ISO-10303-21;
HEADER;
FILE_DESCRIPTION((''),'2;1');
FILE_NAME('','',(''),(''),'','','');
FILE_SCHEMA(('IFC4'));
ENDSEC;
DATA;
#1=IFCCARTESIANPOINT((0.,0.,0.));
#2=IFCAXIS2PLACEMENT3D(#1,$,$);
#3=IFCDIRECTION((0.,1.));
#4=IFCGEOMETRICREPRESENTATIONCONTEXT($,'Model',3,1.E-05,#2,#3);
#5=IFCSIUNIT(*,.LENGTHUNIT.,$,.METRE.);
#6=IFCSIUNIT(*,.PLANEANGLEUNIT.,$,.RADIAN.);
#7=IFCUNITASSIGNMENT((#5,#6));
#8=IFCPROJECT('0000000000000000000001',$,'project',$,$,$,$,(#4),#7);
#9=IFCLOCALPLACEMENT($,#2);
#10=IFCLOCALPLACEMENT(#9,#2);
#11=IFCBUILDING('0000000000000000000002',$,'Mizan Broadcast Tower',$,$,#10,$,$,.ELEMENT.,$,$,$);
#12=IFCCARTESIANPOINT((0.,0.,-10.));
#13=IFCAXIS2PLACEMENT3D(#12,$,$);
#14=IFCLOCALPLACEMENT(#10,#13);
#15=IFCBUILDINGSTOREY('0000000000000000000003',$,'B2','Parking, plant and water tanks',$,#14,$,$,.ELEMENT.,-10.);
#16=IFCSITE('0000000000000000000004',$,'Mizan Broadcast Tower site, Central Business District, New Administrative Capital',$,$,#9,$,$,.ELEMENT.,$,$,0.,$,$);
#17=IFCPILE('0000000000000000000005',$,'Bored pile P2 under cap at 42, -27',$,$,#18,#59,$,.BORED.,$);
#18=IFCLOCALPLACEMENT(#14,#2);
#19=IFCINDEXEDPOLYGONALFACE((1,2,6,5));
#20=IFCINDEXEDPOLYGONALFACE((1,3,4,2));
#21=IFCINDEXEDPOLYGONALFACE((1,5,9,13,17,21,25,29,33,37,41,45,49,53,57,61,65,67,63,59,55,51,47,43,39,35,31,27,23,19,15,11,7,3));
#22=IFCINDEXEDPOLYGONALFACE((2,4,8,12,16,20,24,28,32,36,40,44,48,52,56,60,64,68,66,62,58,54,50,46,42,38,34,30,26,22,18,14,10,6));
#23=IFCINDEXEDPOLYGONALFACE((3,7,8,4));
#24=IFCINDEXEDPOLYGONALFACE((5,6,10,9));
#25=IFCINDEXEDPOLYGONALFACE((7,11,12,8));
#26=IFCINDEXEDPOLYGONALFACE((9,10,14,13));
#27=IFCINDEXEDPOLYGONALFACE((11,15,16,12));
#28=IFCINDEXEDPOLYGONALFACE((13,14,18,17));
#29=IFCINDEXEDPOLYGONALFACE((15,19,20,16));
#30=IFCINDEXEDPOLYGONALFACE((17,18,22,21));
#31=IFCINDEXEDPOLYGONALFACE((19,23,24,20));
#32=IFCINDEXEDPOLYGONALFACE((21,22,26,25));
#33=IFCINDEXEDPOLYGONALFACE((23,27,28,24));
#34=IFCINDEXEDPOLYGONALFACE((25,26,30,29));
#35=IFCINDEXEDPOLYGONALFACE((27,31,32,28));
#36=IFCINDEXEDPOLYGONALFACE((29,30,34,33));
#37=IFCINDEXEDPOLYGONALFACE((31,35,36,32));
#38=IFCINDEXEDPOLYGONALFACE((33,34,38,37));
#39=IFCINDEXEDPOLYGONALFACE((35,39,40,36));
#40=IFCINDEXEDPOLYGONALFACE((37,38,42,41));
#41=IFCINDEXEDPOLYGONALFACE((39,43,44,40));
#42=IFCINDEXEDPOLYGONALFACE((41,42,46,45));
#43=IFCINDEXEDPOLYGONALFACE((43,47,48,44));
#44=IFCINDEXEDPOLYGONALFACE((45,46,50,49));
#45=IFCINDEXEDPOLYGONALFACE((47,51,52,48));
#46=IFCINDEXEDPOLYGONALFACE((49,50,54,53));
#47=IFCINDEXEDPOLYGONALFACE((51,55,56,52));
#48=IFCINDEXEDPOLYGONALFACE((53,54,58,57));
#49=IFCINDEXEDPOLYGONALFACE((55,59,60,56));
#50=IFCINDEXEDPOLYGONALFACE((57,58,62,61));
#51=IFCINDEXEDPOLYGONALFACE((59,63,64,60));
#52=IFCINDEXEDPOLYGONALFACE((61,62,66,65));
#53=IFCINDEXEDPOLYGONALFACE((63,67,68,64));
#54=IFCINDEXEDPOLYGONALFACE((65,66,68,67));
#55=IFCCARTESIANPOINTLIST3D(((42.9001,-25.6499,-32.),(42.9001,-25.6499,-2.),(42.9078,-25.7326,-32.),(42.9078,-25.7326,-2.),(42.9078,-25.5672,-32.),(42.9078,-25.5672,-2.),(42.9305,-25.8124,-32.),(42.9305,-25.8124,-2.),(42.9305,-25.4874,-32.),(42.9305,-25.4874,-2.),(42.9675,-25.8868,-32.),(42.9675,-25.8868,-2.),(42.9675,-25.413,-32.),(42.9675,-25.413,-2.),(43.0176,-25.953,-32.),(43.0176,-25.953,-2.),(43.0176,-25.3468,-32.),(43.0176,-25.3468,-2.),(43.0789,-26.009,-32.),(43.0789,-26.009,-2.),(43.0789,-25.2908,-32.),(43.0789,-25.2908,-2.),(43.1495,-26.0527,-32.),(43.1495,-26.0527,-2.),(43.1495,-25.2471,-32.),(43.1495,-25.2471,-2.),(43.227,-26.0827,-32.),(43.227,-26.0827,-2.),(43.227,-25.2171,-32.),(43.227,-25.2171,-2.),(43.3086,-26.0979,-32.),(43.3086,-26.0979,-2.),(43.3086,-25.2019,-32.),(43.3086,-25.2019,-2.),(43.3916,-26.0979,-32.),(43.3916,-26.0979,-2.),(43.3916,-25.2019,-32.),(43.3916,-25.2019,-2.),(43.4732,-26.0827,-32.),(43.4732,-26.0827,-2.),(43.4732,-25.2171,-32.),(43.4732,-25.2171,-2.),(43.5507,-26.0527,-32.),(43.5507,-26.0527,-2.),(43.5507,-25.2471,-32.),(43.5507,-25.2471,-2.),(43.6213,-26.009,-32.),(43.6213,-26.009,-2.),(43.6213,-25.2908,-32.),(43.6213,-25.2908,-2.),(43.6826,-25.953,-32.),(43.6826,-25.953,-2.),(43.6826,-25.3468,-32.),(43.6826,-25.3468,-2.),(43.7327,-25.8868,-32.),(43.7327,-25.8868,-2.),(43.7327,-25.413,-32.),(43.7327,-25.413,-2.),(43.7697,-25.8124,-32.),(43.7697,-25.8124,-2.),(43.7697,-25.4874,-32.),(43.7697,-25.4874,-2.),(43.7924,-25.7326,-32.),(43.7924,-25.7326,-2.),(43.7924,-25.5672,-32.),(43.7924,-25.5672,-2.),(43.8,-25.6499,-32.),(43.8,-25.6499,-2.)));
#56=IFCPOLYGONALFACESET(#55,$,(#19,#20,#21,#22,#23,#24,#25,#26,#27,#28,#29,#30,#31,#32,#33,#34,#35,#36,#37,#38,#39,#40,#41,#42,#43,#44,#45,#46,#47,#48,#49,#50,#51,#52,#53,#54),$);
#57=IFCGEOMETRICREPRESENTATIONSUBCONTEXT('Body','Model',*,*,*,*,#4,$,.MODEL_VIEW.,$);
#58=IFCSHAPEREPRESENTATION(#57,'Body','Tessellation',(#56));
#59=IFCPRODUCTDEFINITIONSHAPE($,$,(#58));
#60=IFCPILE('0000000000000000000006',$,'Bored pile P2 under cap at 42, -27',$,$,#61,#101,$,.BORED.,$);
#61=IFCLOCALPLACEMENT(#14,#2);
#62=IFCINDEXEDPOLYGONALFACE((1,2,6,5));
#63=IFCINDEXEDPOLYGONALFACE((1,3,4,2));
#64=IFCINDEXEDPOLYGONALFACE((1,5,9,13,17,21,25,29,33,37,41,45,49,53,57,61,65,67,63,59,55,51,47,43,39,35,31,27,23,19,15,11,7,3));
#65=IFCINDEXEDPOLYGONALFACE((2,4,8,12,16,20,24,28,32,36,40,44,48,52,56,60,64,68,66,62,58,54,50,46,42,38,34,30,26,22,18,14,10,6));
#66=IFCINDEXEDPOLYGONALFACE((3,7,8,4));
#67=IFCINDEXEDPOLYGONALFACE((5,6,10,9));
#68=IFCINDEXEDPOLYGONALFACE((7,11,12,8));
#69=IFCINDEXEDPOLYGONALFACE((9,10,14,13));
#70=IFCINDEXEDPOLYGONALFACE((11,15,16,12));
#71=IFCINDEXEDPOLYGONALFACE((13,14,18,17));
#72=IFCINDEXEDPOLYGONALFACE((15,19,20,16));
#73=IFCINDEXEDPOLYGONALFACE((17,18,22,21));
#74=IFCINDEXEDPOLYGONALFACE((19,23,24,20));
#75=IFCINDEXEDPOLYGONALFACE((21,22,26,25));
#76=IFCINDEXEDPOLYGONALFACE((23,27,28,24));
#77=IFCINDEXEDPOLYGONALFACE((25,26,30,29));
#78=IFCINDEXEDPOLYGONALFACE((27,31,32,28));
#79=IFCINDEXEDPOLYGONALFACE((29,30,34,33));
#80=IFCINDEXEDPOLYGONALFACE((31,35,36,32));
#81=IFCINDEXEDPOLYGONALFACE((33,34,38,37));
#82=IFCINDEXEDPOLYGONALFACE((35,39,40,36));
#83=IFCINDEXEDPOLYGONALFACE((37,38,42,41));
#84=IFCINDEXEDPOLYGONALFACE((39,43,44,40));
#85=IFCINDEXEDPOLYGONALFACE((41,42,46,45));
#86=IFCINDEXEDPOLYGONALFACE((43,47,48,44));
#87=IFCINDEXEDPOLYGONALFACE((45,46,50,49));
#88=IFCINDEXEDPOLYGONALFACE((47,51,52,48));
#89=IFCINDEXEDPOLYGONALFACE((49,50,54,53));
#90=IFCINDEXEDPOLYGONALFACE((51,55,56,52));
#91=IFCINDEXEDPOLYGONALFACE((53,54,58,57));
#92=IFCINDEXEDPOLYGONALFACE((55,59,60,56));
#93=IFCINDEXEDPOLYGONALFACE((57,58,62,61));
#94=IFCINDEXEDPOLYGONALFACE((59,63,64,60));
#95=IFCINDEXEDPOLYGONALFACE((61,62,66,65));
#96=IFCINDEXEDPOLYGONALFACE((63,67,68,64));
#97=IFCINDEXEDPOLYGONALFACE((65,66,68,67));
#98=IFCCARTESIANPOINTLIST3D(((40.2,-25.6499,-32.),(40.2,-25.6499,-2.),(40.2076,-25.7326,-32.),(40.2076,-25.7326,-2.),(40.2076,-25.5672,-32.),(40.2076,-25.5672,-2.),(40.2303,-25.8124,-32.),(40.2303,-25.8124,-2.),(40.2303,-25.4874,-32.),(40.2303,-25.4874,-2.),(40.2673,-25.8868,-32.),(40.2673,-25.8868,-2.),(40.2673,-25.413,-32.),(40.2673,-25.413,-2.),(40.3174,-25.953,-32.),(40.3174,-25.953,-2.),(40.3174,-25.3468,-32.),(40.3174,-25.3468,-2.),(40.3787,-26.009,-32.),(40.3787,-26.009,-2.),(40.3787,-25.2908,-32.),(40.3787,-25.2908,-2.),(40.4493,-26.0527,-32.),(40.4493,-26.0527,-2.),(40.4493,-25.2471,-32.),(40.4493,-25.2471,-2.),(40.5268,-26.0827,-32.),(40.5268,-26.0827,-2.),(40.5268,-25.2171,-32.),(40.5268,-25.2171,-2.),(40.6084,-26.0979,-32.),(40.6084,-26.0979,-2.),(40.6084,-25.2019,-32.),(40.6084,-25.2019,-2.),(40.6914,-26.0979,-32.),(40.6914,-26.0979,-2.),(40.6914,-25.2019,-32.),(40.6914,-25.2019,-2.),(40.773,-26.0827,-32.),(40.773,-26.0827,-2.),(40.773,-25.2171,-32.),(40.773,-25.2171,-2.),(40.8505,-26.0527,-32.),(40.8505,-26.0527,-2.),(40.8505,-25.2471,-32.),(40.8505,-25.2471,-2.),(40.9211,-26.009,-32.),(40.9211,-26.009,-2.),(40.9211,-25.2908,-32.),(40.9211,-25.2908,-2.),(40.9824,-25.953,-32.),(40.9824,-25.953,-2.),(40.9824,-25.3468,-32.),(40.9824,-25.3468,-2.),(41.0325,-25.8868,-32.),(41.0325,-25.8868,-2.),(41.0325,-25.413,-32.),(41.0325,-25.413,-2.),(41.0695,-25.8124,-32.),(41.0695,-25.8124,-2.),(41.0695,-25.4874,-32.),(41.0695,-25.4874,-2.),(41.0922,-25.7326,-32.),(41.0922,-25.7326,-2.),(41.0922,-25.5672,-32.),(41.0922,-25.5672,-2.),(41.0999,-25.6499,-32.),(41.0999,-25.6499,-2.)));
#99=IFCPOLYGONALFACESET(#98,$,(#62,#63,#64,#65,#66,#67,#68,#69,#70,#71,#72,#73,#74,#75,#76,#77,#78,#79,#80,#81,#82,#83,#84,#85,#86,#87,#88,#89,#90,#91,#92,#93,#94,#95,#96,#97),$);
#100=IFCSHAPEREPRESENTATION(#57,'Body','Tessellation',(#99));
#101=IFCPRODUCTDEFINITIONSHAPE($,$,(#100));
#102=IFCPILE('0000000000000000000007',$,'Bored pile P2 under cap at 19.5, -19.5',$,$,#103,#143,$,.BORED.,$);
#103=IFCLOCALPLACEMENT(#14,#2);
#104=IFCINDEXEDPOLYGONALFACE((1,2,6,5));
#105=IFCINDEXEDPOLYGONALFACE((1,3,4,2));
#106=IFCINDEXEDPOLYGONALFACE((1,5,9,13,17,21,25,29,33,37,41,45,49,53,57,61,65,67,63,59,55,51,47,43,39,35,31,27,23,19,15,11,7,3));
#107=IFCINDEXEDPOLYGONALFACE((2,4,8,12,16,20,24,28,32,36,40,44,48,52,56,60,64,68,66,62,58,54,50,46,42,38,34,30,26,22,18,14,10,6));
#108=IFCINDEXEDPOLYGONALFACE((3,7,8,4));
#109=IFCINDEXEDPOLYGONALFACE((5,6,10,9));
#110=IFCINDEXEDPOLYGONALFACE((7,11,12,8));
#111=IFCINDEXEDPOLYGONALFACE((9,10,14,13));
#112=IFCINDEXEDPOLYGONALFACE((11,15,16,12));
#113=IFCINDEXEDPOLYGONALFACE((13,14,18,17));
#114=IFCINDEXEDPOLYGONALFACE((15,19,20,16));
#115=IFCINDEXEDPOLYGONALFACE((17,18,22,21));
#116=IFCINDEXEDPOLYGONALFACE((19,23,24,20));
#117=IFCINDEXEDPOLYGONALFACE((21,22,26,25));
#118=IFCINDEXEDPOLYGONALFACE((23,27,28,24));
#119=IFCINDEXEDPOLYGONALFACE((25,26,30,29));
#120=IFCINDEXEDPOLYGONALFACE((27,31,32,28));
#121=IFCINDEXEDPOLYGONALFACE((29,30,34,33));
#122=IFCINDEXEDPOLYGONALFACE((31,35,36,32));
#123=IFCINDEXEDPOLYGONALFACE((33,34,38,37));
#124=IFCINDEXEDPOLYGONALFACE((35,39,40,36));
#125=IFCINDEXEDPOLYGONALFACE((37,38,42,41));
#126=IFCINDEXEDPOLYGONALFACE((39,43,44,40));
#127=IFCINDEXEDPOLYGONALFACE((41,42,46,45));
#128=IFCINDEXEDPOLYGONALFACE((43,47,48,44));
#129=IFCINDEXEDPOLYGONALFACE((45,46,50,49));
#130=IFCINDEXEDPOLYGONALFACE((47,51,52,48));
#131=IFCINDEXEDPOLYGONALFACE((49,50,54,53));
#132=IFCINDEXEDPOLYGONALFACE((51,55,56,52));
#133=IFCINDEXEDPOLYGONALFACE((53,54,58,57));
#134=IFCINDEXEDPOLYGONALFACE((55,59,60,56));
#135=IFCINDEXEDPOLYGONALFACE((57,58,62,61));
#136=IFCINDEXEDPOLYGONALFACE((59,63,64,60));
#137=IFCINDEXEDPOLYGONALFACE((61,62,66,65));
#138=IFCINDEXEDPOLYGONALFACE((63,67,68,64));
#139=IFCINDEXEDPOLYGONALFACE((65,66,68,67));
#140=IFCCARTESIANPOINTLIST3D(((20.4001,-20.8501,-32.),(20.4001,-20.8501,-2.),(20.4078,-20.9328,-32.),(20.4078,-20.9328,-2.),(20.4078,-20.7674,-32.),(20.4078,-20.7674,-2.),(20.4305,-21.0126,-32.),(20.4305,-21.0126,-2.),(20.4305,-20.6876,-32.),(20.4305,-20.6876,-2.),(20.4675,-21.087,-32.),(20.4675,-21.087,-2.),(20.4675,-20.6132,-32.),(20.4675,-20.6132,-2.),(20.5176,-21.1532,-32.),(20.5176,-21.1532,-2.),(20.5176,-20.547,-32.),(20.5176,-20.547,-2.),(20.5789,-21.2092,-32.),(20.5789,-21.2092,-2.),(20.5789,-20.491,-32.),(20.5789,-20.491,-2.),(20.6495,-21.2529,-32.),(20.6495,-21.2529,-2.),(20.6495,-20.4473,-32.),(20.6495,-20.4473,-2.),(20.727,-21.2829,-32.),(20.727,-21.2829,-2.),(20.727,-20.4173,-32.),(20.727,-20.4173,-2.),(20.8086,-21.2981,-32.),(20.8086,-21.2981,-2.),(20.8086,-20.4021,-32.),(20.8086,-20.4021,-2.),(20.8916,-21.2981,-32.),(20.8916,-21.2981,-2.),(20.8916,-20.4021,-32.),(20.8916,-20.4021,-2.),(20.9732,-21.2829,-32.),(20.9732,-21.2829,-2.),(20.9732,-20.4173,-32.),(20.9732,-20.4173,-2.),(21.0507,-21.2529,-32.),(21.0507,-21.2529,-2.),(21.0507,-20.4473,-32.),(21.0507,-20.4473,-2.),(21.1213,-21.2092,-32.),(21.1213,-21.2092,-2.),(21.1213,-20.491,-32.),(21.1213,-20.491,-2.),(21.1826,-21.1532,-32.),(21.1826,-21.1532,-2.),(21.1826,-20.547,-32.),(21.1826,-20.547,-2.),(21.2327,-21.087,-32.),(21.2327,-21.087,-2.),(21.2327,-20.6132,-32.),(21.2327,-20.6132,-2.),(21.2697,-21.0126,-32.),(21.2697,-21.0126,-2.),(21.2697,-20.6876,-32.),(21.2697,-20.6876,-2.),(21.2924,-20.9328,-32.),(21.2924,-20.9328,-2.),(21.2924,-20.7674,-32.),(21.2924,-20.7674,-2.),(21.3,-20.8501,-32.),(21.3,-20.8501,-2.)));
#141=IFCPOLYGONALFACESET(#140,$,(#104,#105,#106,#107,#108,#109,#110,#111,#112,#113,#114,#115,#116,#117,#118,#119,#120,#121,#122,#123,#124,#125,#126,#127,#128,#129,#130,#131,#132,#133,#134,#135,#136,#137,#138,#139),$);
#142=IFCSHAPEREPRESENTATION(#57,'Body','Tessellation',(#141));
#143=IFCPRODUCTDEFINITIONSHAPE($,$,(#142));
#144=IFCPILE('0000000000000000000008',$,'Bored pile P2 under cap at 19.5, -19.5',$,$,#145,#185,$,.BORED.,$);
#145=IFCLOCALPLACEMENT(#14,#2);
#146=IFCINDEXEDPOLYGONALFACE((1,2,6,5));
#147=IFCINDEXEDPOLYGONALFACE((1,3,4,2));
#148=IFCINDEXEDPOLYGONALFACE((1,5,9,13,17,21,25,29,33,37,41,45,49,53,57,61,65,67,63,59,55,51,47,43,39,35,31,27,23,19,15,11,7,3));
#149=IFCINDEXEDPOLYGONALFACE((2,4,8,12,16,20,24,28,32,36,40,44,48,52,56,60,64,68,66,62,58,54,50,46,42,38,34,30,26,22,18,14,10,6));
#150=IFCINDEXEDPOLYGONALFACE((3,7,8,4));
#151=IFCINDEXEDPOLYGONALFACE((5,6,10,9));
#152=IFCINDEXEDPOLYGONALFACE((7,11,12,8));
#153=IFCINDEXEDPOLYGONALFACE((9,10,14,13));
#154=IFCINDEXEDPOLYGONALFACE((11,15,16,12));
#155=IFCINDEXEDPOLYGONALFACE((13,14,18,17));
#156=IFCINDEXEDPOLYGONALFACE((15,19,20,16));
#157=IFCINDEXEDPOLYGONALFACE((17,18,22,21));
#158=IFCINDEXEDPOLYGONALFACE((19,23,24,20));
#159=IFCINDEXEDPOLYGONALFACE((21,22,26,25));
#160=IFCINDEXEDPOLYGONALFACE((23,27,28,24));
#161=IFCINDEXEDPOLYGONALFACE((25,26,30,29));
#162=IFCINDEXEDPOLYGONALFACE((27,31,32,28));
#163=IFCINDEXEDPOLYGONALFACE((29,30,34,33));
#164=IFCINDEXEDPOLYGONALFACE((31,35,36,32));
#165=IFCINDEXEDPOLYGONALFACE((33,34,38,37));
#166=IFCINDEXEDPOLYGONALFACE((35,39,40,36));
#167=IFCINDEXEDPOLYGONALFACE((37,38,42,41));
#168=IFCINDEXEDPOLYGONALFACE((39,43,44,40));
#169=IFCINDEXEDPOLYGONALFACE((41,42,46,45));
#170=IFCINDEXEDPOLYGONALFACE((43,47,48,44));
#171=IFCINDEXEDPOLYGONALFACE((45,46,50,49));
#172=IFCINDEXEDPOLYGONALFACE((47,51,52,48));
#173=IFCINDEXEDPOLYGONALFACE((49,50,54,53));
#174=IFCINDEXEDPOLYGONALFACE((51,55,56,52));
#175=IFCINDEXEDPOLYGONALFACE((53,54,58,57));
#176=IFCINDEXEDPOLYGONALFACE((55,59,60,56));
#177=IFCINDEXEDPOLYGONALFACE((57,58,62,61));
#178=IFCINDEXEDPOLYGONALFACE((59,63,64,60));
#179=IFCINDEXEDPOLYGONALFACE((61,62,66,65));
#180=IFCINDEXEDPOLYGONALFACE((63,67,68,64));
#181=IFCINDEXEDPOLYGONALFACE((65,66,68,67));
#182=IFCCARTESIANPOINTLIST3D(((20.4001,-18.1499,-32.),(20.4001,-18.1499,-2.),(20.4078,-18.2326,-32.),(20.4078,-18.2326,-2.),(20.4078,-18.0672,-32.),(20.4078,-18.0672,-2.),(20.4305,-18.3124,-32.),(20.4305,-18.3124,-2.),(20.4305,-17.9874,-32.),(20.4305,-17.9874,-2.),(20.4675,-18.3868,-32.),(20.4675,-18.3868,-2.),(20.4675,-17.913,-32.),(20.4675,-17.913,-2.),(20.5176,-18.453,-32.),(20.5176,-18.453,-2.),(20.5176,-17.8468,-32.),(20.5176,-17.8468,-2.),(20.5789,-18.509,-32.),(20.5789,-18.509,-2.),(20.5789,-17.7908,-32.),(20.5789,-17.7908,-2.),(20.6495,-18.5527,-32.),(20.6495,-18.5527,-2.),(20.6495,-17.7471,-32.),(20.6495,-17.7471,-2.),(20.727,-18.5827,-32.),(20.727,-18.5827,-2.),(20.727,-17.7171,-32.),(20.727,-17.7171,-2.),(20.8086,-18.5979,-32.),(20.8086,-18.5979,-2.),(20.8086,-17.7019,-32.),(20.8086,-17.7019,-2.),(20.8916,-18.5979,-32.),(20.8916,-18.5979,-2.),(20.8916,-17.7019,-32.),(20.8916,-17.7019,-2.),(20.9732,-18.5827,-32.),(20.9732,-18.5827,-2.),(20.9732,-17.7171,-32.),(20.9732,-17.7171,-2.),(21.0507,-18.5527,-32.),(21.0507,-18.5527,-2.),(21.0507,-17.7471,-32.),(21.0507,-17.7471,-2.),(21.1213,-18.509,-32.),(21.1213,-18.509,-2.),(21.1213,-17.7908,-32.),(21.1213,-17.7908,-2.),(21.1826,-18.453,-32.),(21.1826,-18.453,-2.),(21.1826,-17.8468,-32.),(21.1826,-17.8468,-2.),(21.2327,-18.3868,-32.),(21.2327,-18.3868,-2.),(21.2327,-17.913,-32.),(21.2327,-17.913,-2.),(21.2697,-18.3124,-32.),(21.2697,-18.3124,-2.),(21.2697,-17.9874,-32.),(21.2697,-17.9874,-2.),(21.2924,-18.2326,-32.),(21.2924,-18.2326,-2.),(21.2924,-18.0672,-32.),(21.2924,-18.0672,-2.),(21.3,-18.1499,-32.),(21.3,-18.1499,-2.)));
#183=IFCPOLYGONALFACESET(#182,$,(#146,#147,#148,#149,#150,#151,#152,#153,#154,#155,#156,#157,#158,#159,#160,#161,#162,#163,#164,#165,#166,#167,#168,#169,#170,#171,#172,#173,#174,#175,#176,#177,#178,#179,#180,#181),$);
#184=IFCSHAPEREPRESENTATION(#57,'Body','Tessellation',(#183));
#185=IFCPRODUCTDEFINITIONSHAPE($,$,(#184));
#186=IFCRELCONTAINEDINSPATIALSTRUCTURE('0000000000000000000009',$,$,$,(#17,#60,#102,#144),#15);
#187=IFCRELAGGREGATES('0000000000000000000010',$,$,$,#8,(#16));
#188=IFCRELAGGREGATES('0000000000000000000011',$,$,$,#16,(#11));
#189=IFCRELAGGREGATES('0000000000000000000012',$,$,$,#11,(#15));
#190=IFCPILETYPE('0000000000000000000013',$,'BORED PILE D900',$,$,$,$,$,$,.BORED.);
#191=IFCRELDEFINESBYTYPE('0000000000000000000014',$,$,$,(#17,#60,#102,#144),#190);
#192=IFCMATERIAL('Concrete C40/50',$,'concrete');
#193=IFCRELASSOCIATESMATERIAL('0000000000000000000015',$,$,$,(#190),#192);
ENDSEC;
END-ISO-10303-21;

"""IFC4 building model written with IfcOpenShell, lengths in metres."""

from ifc_helpers import new_model, si_unit, direction, frame, origin, origin_2d, place, context, subcontext, project, spatial, circle, extrude, material, material_profile, profile_set, type_object, element, save


model = new_model("IFC4")

# Units and contexts
model_context = context("Model", 3, precision=1e-05, world=origin(), true_north=direction((0.0, 1.0)))
body_context = subcontext(model_context, "Body", "Model", "MODEL_VIEW")
ifc_project = project(units=[si_unit("LENGTHUNIT", "METRE"), si_unit("PLANEANGLEUNIT", "RADIAN")], contexts=[model_context])

# Site, building, storey
site_placement = place(None, origin())
site = spatial("IfcSite", under=ifc_project, at=site_placement, Name="Mizan Broadcast Tower site, Central Business District, New Administrative Capital", CompositionType="ELEMENT", RefElevation=0.0)
building_placement = place(site_placement, origin())
building = spatial("IfcBuilding", under=site, at=building_placement, Name="Mizan Broadcast Tower", CompositionType="ELEMENT")
storey_placement = place(building_placement, frame((0.0, 0.0, -10.0)))
storey = spatial("IfcBuildingStorey", under=building, at=storey_placement, Name="B2", Description="Parking, plant and water tanks", CompositionType="ELEMENT", Elevation=-10.0)

# Piles
ifc_material_1 = material(Name="Concrete C40/50", Category="concrete")
ifc_material_profile_1 = material_profile(ifc_material_1, circle(Radius=0.45, at=origin_2d()), Name="D900")
ifc_profile_set_1 = profile_set([ifc_material_profile_1], Name="Concrete C40/50")
pile_type = type_object("IfcPileType", Name="BORED PILE D900", PredefinedType="BORED", material=ifc_profile_set_1)
for number, where, z_axis, x_axis, name in (
    (1, (43.3501, -25.6499, -2.0), (0.0, 0.0, -1.0), (1.0, 0.0, 0.0), "Bored pile P2 under cap at 42, -27"),
    (2, (40.6499, -25.6499, -2.0), (0.0, 0.0, -1.0), (1.0, 0.0, 0.0), "Bored pile P2 under cap at 42, -27"),
    (3, (20.8501, -20.8501, -2.0), (0.0, 0.0, -1.0), (1.0, 0.0, 0.0), "Bored pile P2 under cap at 19.5, -19.5"),
    (4, (20.8501, -18.1499, -2.0), (0.0, 0.0, -1.0), (1.0, 0.0, 0.0), "Bored pile P2 under cap at 19.5, -19.5"),
):
    element("IfcPile", number, at=place(storey_placement, frame(where, z_axis=z_axis, x_axis=x_axis)), inside=storey, type_object=pile_type, Name=name, PredefinedType="BORED", context=body_context, shape_type="SweptSolid", body=[
        extrude(circle(Radius=0.45, at=origin_2d()), origin(), (0.0, 0.0, 1.0), 30.0),
    ])

save(model, "model.ifc")
